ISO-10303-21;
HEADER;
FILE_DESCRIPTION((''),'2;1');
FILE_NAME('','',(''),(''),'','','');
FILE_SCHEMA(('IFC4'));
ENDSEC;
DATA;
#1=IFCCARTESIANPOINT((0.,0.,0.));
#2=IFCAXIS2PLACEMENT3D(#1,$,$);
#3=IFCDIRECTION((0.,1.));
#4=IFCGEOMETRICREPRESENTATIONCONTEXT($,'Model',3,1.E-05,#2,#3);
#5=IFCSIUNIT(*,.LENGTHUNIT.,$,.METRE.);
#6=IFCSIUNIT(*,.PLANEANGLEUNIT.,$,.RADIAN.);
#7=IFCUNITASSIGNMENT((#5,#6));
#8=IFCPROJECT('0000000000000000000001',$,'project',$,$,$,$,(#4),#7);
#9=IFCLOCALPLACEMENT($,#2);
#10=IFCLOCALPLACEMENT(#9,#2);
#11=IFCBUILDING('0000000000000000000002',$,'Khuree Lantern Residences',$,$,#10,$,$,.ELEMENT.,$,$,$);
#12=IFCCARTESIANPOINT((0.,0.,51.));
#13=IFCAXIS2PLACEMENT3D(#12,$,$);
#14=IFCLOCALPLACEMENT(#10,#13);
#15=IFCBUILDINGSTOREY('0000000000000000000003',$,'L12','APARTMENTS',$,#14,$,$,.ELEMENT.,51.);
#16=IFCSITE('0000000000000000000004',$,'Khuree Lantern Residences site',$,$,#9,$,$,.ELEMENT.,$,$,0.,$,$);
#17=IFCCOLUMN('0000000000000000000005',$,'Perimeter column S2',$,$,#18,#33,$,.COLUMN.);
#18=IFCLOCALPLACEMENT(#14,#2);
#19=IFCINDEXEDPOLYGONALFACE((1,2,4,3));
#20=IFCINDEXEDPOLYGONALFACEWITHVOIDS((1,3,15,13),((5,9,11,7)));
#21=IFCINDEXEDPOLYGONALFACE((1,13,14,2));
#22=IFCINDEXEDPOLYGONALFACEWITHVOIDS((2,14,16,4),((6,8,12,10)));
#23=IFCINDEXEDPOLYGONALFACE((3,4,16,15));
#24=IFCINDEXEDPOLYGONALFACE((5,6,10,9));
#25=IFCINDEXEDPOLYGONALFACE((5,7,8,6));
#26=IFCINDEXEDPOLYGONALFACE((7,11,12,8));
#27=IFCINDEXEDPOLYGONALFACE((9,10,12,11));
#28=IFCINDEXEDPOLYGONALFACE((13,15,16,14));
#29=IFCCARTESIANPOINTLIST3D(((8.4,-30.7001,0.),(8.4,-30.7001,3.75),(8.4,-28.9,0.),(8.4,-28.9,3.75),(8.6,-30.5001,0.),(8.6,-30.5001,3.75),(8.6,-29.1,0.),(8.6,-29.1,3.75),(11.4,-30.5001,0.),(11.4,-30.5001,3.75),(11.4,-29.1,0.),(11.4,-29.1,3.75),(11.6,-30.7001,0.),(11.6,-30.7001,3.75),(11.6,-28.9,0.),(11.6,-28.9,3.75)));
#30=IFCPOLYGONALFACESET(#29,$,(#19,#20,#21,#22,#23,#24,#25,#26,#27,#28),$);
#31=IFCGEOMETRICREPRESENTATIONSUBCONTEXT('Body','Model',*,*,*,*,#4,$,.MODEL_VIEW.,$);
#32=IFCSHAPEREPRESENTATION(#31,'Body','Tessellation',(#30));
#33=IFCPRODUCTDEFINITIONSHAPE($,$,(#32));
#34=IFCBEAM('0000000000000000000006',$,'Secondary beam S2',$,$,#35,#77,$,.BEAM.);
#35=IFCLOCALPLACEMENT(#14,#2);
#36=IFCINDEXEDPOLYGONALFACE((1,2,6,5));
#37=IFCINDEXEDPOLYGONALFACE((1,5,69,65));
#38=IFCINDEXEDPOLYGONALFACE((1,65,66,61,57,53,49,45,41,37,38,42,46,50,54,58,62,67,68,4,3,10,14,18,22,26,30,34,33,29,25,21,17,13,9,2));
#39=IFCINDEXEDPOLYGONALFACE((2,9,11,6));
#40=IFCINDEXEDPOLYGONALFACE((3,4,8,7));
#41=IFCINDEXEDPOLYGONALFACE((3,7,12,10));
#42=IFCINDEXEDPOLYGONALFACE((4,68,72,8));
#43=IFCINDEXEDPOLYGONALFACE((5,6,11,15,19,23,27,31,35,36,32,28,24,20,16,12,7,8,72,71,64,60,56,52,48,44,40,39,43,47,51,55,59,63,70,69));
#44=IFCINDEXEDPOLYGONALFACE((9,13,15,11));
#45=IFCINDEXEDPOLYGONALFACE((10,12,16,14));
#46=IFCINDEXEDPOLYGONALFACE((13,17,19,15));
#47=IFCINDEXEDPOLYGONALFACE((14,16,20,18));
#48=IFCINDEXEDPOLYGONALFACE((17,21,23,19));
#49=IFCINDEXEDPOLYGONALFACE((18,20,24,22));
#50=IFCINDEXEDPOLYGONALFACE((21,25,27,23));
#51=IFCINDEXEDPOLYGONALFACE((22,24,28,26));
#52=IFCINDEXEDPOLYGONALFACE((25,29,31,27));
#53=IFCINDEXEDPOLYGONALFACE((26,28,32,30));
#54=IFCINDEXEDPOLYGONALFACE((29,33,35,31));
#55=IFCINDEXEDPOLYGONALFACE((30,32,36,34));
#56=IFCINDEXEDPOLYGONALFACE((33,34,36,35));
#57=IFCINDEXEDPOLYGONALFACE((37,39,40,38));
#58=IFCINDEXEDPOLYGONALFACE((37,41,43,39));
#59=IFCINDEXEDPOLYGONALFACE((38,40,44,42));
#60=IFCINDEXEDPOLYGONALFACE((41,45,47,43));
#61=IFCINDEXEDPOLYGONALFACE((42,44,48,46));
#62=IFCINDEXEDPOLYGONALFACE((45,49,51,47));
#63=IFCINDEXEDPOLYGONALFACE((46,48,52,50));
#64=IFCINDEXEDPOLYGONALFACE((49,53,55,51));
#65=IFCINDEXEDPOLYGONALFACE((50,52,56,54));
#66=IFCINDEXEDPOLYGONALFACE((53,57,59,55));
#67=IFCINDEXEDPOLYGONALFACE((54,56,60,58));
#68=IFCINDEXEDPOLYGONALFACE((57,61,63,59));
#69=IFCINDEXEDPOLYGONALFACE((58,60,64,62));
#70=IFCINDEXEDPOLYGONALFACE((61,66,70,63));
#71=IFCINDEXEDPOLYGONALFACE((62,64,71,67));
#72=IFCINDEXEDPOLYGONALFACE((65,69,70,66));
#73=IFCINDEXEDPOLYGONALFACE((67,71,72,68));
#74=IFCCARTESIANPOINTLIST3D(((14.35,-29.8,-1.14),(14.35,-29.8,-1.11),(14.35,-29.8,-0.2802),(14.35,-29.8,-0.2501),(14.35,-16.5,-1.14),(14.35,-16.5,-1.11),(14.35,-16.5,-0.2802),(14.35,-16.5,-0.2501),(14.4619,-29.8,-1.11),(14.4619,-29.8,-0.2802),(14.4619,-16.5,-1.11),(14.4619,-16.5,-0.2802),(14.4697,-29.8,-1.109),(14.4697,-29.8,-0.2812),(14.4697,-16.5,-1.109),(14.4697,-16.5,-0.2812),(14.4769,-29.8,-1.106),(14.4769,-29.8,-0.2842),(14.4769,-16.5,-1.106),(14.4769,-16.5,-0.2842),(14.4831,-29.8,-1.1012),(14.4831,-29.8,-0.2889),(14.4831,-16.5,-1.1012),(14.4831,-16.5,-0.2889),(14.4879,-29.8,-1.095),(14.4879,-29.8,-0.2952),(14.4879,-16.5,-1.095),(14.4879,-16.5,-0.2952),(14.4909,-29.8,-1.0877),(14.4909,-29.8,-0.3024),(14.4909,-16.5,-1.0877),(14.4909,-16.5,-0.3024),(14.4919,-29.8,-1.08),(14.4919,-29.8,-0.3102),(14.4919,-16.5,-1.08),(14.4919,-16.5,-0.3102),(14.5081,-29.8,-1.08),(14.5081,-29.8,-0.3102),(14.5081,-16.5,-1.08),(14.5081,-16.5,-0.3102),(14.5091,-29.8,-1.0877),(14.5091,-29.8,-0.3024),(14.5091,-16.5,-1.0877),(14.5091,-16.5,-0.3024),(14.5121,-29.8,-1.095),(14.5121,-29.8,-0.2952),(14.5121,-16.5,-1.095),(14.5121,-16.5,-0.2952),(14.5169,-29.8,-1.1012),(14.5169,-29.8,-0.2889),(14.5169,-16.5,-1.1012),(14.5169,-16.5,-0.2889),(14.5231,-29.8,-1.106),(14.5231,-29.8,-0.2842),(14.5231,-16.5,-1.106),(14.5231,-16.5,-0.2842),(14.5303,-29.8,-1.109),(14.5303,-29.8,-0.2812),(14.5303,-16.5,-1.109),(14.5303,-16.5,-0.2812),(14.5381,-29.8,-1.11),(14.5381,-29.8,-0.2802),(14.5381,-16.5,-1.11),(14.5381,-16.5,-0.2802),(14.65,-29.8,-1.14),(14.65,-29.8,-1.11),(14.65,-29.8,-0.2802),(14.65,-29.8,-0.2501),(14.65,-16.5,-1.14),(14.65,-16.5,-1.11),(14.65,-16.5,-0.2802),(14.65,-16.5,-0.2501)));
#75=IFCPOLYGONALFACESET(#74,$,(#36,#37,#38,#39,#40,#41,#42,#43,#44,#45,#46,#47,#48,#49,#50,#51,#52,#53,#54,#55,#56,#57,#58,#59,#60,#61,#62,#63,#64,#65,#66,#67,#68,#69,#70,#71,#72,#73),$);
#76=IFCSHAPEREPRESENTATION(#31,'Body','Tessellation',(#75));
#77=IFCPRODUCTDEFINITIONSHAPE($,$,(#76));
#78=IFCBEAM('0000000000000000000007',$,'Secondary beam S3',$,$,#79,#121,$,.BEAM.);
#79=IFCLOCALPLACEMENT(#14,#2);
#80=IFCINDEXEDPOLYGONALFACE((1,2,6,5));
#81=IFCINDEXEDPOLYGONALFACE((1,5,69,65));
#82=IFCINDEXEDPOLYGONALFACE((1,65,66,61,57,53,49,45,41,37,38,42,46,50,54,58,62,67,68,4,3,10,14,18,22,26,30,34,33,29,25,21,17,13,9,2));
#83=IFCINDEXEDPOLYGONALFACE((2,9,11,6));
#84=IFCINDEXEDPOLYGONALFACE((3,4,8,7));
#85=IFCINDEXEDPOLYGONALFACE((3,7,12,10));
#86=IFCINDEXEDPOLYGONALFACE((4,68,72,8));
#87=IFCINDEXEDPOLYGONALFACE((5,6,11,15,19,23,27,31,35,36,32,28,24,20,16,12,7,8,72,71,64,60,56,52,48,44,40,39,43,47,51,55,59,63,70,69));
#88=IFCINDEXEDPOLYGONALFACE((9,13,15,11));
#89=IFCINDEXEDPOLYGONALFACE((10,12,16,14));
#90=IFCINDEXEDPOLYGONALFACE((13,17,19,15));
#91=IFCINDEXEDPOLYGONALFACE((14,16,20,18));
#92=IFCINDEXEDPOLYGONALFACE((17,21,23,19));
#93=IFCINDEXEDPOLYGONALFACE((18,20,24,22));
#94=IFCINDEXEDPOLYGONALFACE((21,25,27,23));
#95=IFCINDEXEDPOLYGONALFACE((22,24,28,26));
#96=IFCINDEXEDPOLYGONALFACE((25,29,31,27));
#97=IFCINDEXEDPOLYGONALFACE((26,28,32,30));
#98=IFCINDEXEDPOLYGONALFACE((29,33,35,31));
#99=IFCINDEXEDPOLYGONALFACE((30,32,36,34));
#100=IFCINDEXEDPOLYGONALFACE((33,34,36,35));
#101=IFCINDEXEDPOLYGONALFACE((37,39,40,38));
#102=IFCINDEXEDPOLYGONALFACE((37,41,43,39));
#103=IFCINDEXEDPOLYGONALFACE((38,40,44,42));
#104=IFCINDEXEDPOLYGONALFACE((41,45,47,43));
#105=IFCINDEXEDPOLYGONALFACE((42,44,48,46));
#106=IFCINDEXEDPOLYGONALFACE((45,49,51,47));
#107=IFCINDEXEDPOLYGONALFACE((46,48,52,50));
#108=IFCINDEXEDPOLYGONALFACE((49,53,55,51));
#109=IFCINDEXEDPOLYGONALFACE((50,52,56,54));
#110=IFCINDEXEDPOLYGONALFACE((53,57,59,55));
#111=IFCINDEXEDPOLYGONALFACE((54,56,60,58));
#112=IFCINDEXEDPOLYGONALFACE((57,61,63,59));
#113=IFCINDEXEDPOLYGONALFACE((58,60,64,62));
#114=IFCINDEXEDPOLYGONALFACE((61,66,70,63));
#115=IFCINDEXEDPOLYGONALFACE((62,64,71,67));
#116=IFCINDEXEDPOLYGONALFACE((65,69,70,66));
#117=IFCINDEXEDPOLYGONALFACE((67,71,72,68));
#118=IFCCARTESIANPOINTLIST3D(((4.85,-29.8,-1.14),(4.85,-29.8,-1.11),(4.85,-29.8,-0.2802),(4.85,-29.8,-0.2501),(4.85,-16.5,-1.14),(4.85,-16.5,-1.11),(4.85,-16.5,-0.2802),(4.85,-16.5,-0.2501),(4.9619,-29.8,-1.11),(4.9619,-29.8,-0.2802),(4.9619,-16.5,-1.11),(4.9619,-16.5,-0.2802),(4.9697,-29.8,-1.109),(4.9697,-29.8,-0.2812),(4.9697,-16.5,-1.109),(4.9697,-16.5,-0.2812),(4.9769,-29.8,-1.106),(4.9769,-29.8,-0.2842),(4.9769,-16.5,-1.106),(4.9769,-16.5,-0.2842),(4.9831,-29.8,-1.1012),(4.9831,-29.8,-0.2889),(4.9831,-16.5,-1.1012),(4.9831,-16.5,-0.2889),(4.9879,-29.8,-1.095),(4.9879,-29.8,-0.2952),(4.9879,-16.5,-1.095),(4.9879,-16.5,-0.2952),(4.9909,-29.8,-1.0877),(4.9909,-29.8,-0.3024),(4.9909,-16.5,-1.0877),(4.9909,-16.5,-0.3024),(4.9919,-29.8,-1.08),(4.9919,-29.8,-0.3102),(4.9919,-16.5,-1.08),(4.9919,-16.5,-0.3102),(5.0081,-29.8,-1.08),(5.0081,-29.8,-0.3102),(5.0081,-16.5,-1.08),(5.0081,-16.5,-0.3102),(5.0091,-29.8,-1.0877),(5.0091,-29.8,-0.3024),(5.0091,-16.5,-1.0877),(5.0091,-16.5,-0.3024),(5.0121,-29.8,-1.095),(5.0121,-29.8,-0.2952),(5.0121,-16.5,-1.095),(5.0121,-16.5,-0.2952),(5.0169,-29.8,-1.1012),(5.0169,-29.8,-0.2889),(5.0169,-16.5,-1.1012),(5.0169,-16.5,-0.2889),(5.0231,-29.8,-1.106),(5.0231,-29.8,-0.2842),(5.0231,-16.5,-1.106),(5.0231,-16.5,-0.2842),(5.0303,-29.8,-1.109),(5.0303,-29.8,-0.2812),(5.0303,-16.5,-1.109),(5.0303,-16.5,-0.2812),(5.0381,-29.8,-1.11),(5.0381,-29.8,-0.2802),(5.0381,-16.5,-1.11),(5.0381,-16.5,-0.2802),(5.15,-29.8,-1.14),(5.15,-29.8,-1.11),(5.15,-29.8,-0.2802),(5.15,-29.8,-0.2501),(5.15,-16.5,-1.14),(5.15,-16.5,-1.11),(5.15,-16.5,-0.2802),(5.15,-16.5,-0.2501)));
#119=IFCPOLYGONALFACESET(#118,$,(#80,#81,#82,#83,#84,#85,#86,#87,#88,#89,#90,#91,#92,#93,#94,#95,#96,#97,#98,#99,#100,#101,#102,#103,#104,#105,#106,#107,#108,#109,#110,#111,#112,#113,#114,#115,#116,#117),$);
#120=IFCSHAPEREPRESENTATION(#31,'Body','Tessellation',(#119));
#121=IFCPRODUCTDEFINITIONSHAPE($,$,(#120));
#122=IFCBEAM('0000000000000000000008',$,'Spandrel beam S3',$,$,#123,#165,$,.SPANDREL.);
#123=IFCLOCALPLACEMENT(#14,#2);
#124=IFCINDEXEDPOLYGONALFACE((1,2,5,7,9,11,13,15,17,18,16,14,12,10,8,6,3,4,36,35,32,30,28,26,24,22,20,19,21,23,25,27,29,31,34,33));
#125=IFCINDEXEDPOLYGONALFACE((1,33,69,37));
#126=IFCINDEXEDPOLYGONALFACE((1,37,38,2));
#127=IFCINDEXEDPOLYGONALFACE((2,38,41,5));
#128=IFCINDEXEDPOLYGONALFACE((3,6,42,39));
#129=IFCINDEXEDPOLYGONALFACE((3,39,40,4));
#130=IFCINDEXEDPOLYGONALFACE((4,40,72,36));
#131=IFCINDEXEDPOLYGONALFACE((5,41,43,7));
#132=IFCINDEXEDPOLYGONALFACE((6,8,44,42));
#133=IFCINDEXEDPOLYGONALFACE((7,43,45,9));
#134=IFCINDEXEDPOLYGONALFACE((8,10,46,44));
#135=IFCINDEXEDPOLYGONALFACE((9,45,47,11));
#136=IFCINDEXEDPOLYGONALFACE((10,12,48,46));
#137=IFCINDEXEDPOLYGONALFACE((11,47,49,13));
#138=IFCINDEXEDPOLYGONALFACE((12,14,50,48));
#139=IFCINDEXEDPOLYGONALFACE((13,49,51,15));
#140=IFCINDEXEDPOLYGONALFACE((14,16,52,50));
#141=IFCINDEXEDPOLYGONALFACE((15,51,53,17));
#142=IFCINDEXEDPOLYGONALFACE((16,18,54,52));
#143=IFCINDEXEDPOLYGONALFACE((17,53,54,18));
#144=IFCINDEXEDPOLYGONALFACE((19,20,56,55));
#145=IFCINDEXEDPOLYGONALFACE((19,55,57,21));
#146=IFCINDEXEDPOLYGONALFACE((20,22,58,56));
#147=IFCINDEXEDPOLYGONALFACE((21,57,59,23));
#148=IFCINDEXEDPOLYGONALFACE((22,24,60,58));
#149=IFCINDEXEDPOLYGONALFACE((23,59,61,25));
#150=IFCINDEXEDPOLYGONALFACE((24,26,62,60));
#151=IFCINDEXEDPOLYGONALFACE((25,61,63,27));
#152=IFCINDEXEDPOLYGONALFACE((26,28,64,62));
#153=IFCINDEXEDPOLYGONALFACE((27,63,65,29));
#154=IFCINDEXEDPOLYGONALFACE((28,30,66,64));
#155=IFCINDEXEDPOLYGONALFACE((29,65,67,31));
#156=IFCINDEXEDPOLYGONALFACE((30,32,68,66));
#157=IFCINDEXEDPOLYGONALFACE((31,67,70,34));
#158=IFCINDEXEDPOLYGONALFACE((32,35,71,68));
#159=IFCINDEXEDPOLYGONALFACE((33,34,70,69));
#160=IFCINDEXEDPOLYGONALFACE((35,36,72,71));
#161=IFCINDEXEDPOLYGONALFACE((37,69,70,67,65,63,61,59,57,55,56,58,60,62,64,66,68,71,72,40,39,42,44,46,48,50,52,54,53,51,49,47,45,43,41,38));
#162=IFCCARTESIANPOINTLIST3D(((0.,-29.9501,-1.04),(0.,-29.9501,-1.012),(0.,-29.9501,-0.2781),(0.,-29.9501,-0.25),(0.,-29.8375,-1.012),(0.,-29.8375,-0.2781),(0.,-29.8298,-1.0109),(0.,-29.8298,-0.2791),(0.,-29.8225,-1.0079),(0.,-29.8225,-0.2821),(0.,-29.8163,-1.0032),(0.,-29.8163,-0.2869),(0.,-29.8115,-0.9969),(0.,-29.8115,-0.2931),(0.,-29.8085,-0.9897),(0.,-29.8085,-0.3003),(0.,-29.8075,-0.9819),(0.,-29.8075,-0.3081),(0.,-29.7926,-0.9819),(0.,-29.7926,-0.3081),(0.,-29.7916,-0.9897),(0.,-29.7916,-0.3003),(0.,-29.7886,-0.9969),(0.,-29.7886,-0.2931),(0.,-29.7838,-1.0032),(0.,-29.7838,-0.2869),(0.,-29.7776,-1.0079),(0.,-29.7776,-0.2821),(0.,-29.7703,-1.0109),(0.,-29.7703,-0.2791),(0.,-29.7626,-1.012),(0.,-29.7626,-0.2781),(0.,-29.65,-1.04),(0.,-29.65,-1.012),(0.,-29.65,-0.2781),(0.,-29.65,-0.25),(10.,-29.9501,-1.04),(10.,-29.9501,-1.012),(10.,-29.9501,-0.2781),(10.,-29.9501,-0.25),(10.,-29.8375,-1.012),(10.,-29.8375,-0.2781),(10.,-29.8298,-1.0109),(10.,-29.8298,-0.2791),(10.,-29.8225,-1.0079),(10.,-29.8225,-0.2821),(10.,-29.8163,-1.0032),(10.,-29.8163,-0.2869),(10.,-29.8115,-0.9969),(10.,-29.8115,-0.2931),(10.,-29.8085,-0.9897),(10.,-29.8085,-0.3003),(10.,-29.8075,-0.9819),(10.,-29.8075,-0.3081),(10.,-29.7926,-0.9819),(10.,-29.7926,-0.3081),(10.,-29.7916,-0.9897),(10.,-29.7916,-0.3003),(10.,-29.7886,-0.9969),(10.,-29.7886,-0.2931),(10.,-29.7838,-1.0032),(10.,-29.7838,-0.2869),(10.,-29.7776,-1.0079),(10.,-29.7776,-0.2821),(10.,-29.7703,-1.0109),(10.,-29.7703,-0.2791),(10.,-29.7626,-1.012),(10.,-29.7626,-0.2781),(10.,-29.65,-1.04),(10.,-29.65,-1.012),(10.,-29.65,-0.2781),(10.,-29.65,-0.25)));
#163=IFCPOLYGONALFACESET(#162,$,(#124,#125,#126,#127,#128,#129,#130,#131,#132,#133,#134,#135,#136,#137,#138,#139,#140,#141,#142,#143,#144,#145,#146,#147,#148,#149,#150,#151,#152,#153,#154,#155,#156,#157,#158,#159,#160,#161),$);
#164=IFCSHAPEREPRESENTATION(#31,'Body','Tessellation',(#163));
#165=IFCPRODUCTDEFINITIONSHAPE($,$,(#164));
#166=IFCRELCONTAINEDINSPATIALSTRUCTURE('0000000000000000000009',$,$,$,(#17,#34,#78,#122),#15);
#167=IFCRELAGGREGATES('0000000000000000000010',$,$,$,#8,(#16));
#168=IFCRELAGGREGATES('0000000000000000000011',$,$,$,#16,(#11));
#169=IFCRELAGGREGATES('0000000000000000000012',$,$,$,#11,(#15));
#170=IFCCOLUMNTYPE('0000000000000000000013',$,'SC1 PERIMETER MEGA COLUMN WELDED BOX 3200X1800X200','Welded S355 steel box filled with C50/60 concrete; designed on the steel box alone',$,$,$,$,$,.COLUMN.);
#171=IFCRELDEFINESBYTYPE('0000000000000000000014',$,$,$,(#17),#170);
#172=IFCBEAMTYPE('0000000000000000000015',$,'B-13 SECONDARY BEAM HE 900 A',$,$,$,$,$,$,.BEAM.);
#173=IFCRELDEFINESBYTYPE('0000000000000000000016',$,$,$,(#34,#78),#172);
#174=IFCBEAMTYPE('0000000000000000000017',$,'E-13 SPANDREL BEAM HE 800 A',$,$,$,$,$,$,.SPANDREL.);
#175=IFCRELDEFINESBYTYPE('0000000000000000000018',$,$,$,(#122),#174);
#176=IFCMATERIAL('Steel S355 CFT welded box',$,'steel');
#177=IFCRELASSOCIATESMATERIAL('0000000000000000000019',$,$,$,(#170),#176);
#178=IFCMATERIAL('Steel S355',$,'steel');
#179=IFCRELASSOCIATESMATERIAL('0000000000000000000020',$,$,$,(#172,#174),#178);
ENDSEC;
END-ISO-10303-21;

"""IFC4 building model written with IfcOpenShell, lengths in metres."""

from ifc_helpers import new_model, si_unit, direction, frame, origin, origin_2d, place, context, subcontext, project, spatial, hollow_rectangle, i_section, extrude, material, material_profile, profile_set, type_object, element, save


model = new_model("IFC4")

# Units and contexts
model_context = context("Model", 3, precision=1e-05, world=origin(), true_north=direction((0.0, 1.0)))
body_context = subcontext(model_context, "Body", "Model", "MODEL_VIEW")
ifc_project = project(units=[si_unit("LENGTHUNIT", "METRE"), si_unit("PLANEANGLEUNIT", "RADIAN")], contexts=[model_context])

# Site, building, storey
site_placement = place(None, origin())
site = spatial("IfcSite", under=ifc_project, at=site_placement, Name="Khuree Lantern Residences site", CompositionType="ELEMENT", RefElevation=0.0)
building_placement = place(site_placement, origin())
building = spatial("IfcBuilding", under=site, at=building_placement, Name="Khuree Lantern Residences", CompositionType="ELEMENT")
storey_placement = place(building_placement, frame((0.0, 0.0, 51.0)))
storey = spatial("IfcBuildingStorey", under=building, at=storey_placement, Name="L12", Description="APARTMENTS", CompositionType="ELEMENT", Elevation=51.0)

# Column
ifc_material_1 = material(Name="Steel S355 CFT welded box", Category="steel")
ifc_material_profile_1 = material_profile(ifc_material_1, hollow_rectangle(XDim=3.2, YDim=1.8, WallThickness=0.2, at=origin_2d()), Name="WELDED BOX 3200X1800X200")
ifc_profile_set_1 = profile_set([ifc_material_profile_1], Name="Steel S355 CFT welded box")
column_type = type_object("IfcColumnType", Name="SC1 PERIMETER MEGA COLUMN WELDED BOX 3200X1800X200", Description="Welded S355 steel box filled with C50/60 concrete; designed on the steel box alone", PredefinedType="COLUMN", material=ifc_profile_set_1)
column_placement = place(storey_placement, frame((10.0, -29.8, 0.0), z_axis=(0.0, 0.0, 1.0), x_axis=(1.0, 0.0, 0.0)))
element("IfcColumn", 1, at=column_placement, inside=storey, type_object=column_type, Name="Perimeter column S2", PredefinedType="COLUMN", context=body_context, shape_type="SweptSolid", body=[
    extrude(hollow_rectangle(XDim=3.2, YDim=1.8, WallThickness=0.2, at=origin_2d()), origin(), (0.0, 0.0, 1.0), 3.75),
])

# Beams
ifc_material_2 = material(Name="Steel S355", Category="steel")
ifc_material_profile_2 = material_profile(ifc_material_2, i_section(OverallWidth=0.3, OverallDepth=0.8899, WebThickness=0.0161, FlangeThickness=0.03, FilletRadius=0.03, at=origin_2d()), Name="HE 900 A")
ifc_profile_set_2 = profile_set([ifc_material_profile_2], Name="Steel S355")
beam_type_1 = type_object("IfcBeamType", Name="B-13 SECONDARY BEAM HE 900 A", PredefinedType="BEAM", material=ifc_profile_set_2)
for number, where, z_axis, x_axis, name in (
    (2, (14.5, -29.8, -0.6951), (0.0, 1.0, 0.0), (-1.0, 0.0, 0.0), "Secondary beam S2"),
    (3, (5.0, -29.8, -0.6951), (0.0, 1.0, 0.0), (-1.0, 0.0, 0.0), "Secondary beam S3"),
):
    element("IfcBeam", number, at=place(storey_placement, frame(where, z_axis=z_axis, x_axis=x_axis)), inside=storey, type_object=beam_type_1, Name=name, PredefinedType="BEAM", context=body_context, shape_type="SweptSolid", body=[
        extrude(i_section(OverallWidth=0.3, OverallDepth=0.8899, WebThickness=0.0161, FlangeThickness=0.03, FilletRadius=0.03, at=origin_2d()), origin(), (0.0, 0.0, 1.0), 13.3),
    ])
ifc_material_profile_3 = material_profile(ifc_material_2, i_section(OverallWidth=0.3, OverallDepth=0.79, WebThickness=0.0149, FlangeThickness=0.0281, FilletRadius=0.03, at=origin_2d()), Name="HE 800 A")
ifc_profile_set_3 = profile_set([ifc_material_profile_3], Name="Steel S355")
beam_type_2 = type_object("IfcBeamType", Name="E-13 SPANDREL BEAM HE 800 A", PredefinedType="SPANDREL", material=ifc_profile_set_3)
for number, where, z_axis, x_axis, name in (
    (4, (10.0, -29.8, -0.645), (-1.0, 0.0, 0.0), (0.0, -1.0, 0.0), "Spandrel beam S3"),
):
    element("IfcBeam", number, at=place(storey_placement, frame(where, z_axis=z_axis, x_axis=x_axis)), inside=storey, type_object=beam_type_2, Name=name, PredefinedType="SPANDREL", context=body_context, shape_type="SweptSolid", body=[
        extrude(i_section(OverallWidth=0.3, OverallDepth=0.79, WebThickness=0.0149, FlangeThickness=0.0281, FilletRadius=0.03, at=origin_2d()), origin(), (0.0, 0.0, 1.0), 10.0),
    ])

save(model, "model.ifc")
